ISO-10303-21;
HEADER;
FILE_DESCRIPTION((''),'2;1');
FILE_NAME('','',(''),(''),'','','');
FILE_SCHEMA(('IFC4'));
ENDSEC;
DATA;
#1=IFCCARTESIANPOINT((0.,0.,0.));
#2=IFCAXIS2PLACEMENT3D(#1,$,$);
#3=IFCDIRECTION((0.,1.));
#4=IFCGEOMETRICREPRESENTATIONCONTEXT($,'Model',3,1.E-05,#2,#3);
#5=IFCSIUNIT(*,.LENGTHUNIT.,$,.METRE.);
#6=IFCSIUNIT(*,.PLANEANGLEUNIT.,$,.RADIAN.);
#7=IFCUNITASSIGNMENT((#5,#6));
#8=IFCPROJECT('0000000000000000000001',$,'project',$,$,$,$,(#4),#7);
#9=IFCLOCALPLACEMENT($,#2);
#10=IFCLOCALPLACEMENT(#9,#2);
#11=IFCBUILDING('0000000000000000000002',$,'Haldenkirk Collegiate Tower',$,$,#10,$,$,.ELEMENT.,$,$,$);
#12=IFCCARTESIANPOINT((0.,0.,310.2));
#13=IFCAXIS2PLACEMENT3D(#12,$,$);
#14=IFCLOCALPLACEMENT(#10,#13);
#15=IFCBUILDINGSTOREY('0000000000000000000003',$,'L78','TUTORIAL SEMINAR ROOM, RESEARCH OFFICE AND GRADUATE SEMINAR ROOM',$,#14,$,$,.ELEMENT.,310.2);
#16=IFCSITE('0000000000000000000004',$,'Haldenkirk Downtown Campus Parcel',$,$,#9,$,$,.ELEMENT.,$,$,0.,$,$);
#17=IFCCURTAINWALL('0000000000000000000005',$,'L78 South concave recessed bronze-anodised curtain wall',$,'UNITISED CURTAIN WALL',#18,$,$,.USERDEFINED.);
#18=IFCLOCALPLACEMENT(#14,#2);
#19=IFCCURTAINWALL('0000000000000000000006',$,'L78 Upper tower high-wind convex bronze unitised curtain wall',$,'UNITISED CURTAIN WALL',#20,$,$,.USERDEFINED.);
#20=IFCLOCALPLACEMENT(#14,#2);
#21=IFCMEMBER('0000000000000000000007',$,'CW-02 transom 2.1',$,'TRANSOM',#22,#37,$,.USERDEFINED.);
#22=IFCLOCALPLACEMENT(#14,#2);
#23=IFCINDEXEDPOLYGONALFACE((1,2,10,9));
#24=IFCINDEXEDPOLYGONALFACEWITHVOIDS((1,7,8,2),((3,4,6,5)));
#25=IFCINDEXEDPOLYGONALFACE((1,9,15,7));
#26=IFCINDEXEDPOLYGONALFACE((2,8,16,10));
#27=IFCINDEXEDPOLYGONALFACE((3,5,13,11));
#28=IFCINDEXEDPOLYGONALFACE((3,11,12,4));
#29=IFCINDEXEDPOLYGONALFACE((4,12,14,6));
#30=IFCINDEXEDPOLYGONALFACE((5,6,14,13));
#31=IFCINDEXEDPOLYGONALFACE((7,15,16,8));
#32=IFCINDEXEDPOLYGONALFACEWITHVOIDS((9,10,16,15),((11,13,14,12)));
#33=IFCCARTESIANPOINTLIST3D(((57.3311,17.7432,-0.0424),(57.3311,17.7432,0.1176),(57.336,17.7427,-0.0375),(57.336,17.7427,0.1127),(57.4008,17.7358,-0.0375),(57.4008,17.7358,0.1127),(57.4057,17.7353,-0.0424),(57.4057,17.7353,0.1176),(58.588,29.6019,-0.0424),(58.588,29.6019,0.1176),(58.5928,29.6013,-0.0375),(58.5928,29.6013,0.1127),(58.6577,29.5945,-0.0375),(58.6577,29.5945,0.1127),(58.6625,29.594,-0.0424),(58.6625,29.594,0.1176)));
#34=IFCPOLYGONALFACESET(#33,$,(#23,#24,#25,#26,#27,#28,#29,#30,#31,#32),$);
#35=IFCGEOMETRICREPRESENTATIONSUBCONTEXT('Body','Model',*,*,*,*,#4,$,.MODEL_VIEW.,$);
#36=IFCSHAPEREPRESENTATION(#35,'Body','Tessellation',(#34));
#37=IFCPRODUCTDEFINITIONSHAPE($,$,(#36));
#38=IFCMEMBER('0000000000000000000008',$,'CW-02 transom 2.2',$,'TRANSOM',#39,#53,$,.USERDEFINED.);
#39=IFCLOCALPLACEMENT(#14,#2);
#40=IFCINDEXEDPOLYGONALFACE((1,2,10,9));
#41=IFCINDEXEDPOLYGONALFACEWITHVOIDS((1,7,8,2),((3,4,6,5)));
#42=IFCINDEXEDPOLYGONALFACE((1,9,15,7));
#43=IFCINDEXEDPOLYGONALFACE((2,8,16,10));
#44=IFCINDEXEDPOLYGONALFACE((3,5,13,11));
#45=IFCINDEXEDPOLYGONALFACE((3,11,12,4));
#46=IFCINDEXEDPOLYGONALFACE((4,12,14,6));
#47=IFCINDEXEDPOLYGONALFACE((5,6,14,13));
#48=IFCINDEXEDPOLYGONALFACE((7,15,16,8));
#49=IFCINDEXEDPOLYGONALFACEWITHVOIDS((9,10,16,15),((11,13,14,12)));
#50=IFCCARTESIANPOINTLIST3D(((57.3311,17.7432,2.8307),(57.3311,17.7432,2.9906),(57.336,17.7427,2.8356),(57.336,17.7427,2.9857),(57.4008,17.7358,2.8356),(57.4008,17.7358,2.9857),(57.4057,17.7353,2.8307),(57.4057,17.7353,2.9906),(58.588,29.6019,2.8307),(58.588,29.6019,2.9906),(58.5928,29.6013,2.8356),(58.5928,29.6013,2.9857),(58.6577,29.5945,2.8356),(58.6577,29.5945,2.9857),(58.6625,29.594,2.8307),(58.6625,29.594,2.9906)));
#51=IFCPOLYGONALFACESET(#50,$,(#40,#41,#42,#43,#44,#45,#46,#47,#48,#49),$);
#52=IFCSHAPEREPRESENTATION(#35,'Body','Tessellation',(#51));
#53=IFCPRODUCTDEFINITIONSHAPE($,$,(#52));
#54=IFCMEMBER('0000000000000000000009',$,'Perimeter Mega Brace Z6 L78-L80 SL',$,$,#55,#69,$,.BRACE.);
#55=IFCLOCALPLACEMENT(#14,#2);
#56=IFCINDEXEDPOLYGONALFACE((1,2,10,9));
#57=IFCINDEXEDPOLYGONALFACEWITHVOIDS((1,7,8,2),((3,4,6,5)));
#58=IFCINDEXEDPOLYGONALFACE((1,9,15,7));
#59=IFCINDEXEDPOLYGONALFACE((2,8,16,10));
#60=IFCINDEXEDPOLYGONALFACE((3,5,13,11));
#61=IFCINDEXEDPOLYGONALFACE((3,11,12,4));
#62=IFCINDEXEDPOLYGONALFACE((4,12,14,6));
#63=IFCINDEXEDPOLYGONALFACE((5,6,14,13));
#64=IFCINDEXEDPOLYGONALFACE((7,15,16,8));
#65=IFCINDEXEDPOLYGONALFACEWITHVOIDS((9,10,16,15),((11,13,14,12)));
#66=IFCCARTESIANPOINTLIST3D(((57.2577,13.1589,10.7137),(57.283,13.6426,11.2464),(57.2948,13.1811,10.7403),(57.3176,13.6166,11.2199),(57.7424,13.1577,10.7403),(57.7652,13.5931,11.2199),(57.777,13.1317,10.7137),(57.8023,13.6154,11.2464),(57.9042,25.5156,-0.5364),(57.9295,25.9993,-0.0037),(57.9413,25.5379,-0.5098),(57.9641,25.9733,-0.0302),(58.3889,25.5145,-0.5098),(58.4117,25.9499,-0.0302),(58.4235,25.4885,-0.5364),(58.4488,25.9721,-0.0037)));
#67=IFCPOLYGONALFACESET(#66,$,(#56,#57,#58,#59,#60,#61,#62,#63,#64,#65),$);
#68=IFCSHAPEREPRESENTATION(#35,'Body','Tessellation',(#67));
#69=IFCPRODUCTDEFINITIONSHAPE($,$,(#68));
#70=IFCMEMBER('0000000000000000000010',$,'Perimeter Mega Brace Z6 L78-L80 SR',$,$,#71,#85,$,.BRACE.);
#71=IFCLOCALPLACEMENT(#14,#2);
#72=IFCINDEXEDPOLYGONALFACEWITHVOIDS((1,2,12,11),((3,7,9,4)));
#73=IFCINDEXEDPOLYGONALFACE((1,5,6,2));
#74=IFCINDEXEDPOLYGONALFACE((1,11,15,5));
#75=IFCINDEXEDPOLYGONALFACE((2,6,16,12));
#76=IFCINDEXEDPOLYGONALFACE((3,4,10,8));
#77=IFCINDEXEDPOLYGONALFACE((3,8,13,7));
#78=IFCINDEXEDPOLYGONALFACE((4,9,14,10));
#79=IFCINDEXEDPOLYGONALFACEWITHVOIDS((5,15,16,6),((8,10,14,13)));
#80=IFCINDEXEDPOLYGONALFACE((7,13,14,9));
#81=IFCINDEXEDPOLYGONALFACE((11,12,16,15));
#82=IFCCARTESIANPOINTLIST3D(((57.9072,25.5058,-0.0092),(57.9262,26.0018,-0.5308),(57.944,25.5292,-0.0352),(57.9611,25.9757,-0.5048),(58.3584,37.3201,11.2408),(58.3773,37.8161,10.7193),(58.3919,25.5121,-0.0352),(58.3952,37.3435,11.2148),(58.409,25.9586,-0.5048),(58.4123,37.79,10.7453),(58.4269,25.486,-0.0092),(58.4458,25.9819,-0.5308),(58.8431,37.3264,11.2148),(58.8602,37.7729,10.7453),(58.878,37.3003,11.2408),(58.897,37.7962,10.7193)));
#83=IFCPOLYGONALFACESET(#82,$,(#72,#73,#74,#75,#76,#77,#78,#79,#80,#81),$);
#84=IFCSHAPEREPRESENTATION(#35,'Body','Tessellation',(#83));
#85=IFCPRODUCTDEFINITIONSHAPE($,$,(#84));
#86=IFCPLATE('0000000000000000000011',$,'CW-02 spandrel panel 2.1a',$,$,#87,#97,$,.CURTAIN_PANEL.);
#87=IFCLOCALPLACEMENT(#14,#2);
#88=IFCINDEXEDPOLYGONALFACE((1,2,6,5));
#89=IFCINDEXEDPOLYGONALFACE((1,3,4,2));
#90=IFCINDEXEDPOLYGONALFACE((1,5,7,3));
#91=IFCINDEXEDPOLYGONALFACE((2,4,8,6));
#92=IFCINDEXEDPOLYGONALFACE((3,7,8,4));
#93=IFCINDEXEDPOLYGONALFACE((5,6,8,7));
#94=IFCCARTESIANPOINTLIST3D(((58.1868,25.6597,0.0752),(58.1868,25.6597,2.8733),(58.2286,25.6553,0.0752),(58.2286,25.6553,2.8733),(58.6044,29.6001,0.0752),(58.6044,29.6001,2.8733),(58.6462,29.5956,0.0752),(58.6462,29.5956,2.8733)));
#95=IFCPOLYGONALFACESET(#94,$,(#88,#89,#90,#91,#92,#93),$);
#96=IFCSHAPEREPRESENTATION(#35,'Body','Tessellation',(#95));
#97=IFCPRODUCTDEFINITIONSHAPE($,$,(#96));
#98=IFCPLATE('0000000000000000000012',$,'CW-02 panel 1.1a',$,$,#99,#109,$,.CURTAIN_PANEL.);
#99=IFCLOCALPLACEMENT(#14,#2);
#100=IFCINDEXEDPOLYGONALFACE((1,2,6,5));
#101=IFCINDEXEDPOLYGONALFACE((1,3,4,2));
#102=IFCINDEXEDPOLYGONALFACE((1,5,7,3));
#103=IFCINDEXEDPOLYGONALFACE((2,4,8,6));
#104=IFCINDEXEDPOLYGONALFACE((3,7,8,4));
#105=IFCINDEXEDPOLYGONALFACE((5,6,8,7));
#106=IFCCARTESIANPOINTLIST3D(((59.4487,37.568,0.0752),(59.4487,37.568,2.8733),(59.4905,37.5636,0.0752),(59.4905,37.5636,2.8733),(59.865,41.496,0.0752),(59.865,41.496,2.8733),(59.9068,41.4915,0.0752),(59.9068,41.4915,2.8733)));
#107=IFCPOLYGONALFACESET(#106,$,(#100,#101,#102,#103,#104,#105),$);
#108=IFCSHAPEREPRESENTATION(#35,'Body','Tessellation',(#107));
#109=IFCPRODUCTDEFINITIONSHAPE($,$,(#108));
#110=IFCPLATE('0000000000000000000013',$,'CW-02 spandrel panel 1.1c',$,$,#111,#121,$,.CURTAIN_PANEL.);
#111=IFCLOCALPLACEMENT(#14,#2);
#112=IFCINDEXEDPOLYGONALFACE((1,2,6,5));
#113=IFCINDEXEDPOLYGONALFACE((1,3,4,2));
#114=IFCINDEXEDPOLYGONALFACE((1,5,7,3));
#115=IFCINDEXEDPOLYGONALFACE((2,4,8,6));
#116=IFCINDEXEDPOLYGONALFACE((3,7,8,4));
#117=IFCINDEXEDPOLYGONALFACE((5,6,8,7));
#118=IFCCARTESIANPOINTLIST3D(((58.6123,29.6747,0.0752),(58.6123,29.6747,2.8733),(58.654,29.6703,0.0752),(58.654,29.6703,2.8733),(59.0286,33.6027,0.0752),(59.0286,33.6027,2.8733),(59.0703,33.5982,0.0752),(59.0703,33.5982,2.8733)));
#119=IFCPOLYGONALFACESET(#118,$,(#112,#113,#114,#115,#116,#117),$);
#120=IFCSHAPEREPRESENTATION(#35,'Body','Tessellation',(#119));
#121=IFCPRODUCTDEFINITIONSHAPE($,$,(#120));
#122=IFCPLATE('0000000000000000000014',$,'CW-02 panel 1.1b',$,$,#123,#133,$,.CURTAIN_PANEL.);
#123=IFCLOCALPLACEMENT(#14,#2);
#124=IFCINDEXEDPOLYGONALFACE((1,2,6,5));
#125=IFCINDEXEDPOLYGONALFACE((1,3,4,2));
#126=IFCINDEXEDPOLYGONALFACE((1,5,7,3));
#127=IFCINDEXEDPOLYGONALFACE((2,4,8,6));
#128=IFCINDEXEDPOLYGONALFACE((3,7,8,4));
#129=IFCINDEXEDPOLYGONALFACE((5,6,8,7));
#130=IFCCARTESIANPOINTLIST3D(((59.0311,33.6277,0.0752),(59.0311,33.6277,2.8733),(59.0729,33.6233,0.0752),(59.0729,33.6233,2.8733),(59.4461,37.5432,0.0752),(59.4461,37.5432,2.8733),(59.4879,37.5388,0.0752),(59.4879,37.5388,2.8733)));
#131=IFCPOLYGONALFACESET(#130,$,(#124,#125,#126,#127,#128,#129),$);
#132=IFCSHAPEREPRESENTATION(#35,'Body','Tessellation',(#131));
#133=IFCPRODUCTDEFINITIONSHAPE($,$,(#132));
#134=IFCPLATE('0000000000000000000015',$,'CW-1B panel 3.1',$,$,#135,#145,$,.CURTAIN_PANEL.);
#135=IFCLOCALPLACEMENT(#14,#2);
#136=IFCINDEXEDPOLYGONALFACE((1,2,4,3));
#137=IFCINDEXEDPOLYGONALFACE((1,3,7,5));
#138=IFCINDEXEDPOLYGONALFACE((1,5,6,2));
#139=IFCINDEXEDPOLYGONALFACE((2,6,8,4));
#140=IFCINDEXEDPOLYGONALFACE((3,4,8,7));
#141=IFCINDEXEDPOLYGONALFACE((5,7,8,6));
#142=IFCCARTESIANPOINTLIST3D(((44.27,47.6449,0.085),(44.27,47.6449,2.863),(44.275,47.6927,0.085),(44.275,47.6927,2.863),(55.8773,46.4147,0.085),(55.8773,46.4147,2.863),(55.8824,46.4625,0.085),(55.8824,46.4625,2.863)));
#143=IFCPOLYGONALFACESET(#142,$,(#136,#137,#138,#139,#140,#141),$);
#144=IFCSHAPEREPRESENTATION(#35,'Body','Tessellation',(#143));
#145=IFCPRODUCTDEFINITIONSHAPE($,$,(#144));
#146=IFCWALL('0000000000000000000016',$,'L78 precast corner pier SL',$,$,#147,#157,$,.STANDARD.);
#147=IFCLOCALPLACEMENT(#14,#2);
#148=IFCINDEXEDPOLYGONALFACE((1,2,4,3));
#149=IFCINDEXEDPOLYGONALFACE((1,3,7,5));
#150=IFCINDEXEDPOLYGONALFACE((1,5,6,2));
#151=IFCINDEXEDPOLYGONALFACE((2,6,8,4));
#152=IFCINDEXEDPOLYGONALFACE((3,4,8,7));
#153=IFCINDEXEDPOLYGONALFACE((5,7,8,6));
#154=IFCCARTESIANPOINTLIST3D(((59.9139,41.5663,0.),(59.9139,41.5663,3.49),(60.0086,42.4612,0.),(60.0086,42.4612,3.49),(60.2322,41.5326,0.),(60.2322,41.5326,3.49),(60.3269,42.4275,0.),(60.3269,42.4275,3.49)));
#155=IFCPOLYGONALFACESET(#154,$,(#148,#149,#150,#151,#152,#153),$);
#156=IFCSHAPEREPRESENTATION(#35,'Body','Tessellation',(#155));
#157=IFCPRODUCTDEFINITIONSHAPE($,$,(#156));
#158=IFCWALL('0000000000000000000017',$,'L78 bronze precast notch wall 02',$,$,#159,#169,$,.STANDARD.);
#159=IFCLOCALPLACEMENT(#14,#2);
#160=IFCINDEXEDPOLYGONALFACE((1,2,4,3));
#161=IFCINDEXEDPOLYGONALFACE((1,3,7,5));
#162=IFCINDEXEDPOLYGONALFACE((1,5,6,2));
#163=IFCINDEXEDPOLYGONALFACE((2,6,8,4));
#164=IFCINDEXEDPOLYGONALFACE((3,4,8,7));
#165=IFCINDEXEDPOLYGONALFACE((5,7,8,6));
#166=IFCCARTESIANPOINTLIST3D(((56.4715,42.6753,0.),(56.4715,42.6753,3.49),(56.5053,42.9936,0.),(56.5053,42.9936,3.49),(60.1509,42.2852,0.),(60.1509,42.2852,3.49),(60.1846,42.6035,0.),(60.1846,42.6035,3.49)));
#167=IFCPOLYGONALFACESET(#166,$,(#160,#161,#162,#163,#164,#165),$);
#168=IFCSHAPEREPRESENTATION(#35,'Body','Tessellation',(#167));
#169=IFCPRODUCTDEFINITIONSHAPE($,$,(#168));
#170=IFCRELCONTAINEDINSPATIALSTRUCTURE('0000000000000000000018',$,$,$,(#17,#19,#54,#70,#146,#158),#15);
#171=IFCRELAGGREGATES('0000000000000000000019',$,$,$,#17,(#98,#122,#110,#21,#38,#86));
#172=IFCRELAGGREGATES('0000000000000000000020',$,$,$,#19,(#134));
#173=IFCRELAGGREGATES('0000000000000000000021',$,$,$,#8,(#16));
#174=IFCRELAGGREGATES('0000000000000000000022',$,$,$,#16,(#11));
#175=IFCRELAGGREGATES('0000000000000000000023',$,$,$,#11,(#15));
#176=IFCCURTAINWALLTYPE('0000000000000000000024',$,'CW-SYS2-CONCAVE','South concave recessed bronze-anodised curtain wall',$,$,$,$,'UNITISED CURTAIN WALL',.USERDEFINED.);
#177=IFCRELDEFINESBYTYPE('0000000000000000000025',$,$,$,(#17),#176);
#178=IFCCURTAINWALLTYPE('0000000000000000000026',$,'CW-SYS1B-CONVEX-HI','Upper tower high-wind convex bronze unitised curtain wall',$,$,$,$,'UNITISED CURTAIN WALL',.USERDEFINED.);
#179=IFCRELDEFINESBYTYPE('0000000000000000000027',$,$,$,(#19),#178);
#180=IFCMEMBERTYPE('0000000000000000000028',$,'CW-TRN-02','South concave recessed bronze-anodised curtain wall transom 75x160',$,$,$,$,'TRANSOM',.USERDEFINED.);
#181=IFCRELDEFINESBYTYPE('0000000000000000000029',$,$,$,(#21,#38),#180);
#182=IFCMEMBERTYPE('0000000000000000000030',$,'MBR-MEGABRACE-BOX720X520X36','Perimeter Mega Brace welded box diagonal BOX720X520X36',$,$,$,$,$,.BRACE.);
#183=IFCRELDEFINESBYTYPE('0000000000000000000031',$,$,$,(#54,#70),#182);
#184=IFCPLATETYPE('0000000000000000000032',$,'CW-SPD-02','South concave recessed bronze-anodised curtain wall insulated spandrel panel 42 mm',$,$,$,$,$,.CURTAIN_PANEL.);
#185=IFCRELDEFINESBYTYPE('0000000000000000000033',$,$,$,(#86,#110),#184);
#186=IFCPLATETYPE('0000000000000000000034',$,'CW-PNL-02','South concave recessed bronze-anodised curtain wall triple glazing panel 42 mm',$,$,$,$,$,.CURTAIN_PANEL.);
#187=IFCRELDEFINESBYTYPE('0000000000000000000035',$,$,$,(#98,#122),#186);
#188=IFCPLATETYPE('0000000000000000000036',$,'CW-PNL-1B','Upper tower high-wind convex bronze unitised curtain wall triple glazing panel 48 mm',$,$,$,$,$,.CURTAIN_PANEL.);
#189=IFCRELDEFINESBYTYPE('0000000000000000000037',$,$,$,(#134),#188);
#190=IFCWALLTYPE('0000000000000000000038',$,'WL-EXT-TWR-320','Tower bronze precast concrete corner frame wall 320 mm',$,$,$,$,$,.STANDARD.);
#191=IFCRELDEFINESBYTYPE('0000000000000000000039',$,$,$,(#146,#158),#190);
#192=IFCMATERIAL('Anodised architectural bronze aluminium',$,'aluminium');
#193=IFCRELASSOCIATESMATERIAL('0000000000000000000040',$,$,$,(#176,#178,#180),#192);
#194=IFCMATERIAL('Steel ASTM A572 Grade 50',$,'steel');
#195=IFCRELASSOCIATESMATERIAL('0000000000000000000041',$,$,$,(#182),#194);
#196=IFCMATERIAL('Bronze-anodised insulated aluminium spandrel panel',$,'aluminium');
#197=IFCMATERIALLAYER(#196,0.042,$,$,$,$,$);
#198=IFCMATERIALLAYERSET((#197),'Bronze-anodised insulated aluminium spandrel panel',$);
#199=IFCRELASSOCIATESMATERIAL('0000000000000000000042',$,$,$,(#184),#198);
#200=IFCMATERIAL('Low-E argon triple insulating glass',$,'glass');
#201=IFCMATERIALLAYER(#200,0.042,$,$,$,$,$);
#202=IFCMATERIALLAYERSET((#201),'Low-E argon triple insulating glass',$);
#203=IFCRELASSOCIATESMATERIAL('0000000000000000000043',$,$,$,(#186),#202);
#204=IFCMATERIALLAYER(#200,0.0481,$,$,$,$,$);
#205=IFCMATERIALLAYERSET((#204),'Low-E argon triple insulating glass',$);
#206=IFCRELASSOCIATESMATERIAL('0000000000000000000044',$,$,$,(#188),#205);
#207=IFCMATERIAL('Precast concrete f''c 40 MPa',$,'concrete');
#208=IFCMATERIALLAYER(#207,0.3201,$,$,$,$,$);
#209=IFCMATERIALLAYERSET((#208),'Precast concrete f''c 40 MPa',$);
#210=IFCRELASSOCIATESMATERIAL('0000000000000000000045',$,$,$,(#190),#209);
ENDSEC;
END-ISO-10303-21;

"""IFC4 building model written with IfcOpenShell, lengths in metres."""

from ifc_helpers import new_model, si_unit, direction, frame, frame_2d, origin, origin_2d, place, context, subcontext, project, spatial, rectangle, hollow_rectangle, extrude, source, transform, mapped, material, layer, layer_set, material_profile, profile_set, type_object, element, aggregate, save


model = new_model("IFC4")

# Units and contexts
model_context = context("Model", 3, precision=1e-05, world=origin(), true_north=direction((0.0, 1.0)))
body_context = subcontext(model_context, "Body", "Model", "MODEL_VIEW")
ifc_project = project(units=[si_unit("LENGTHUNIT", "METRE"), si_unit("PLANEANGLEUNIT", "RADIAN")], contexts=[model_context])

# Site, building, storey
site_placement = place(None, origin())
site = spatial("IfcSite", under=ifc_project, at=site_placement, Name="Haldenkirk Downtown Campus Parcel", CompositionType="ELEMENT", RefElevation=0.0)
building_placement = place(site_placement, origin())
building = spatial("IfcBuilding", under=site, at=building_placement, Name="Haldenkirk Collegiate Tower", CompositionType="ELEMENT")
storey_placement = place(building_placement, frame((0.0, 0.0, 310.2)))
storey = spatial("IfcBuildingStorey", under=building, at=storey_placement, Name="L78", Description="TUTORIAL SEMINAR ROOM, RESEARCH OFFICE AND GRADUATE SEMINAR ROOM", CompositionType="ELEMENT", Elevation=310.2)

# Shared definitions
ifc_material_1 = material(Name="Steel ASTM A572 Grade 50", Category="steel")

# Curtain wall
ifc_material_2 = material(Name="Anodised architectural bronze aluminium", Category="aluminium")
curtain_wall_type_1 = type_object("IfcCurtainWallType", Name="CW-SYS2-CONCAVE", Description="South concave recessed bronze-anodised curtain wall", ElementType="UNITISED CURTAIN WALL", PredefinedType="USERDEFINED", material=ifc_material_2)
curtain_wall_1_placement = place(storey_placement, origin())
curtain_wall_1 = element("IfcCurtainWall", 1, at=curtain_wall_1_placement, inside=storey, type_object=curtain_wall_type_1, Name="L78 South concave recessed bronze-anodised curtain wall", ObjectType="UNITISED CURTAIN WALL", PredefinedType="USERDEFINED")

# Curtain wall
curtain_wall_type_2 = type_object("IfcCurtainWallType", Name="CW-SYS1B-CONVEX-HI", Description="Upper tower high-wind convex bronze unitised curtain wall", ElementType="UNITISED CURTAIN WALL", PredefinedType="USERDEFINED", material=ifc_material_2)
curtain_wall_2_placement = place(storey_placement, origin())
curtain_wall_2 = element("IfcCurtainWall", 2, at=curtain_wall_2_placement, inside=storey, type_object=curtain_wall_type_2, Name="L78 Upper tower high-wind convex bronze unitised curtain wall", ObjectType="UNITISED CURTAIN WALL", PredefinedType="USERDEFINED")

# Members
ifc_material_profile_1 = material_profile(ifc_material_2, hollow_rectangle(XDim=0.075, YDim=0.1599, WallThickness=0.0049, at=origin_2d()), Name="CW-TRN-02")
ifc_profile_set_1 = profile_set([ifc_material_profile_1], Name="Anodised architectural bronze aluminium")
member_type_1 = type_object("IfcMemberType", Name="CW-TRN-02", Description="South concave recessed bronze-anodised curtain wall transom 75x160", ElementType="TRANSOM", PredefinedType="USERDEFINED", material=ifc_profile_set_1)
member_1_placement = place(storey_placement, frame((58.6252, 29.5979, 0.0376), z_axis=(-0.105395, -0.99443, 0.0), x_axis=(0.99443, -0.105395, 0.0)))
member_1 = element("IfcMember", 3, at=member_1_placement, type_object=member_type_1, Name="CW-02 transom 2.1", ObjectType="TRANSOM", PredefinedType="USERDEFINED", context=body_context, shape_type="SweptSolid", body=[
    extrude(hollow_rectangle(XDim=0.075, YDim=0.1599, WallThickness=0.0049, at=origin_2d()), origin(), (0.0, 0.0, 1.0), 11.925),
])
member_2_placement = place(storey_placement, frame((58.6252, 29.5979, 2.9106), z_axis=(-0.105395, -0.99443, 0.0), x_axis=(0.99443, -0.105395, 0.0)))
member_2 = element("IfcMember", 4, at=member_2_placement, type_object=member_type_1, Name="CW-02 transom 2.2", ObjectType="TRANSOM", PredefinedType="USERDEFINED", context=body_context, shape_type="SweptSolid", body=[
    extrude(hollow_rectangle(XDim=0.075, YDim=0.1599, WallThickness=0.0049, at=origin_2d()), origin(), (0.0, 0.0, 1.0), 11.925),
])

# Members
ifc_material_profile_2 = material_profile(ifc_material_1, hollow_rectangle(XDim=0.52, YDim=0.72, WallThickness=0.0359, at=origin_2d()), Name="BOX720X520X36")
ifc_profile_set_2 = profile_set([ifc_material_profile_2], Name="Steel ASTM A572 Grade 50")
member_type_2 = type_object("IfcMemberType", Name="MBR-MEGABRACE-BOX720X520X36", Description="Perimeter Mega Brace welded box diagonal BOX720X520X36", PredefinedType="BRACE", material=ifc_profile_set_2)
member_3_placement = place(storey_placement, frame((58.1765, 25.7439, -0.27), z_axis=(-0.038658, -0.738891, 0.672715), x_axis=(0.998634, -0.052247, 0.0)))
element("IfcMember", 5, at=member_3_placement, inside=storey, type_object=member_type_2, Name="Perimeter Mega Brace Z6 L78-L80 SL", PredefinedType="BRACE", context=body_context, shape_type="SweptSolid", body=[
    extrude(hollow_rectangle(XDim=0.52, YDim=0.72, WallThickness=0.0359, at=origin_2d()), origin(), (0.0, 0.0, 1.0), 16.7234),
])
member_4_placement = place(storey_placement, frame((58.1765, 25.7439, -0.27), z_axis=(0.027645, 0.723911, 0.689339), x_axis=(-0.999272, 0.038161, 0.0)))
element("IfcMember", 6, at=member_4_placement, inside=storey, type_object=member_type_2, Name="Perimeter Mega Brace Z6 L78-L80 SR", PredefinedType="BRACE", context=body_context, shape_type="SweptSolid", body=[
    extrude(hollow_rectangle(XDim=0.52, YDim=0.72, WallThickness=0.0359, at=origin_2d()), origin(), (0.0, 0.0, 1.0), 16.3201),
])

# Plates
ifc_material_3 = material(Name="Bronze-anodised insulated aluminium spandrel panel", Category="aluminium")
ifc_layer_1 = layer(ifc_material_3, 0.042)
ifc_layer_set_1 = layer_set([ifc_layer_1], Name="Bronze-anodised insulated aluminium spandrel panel")
plate_type_1 = type_object("IfcPlateType", Name="CW-SPD-02", Description="South concave recessed bronze-anodised curtain wall insulated spandrel panel 42 mm", PredefinedType="CURTAIN_PANEL", material=ifc_layer_set_1)
shared_shape_1 = source(origin(), body_context, "Body", "SweptSolid", [
    extrude(rectangle(XDim=3.9624, YDim=0.042, at=origin_2d()), origin(), (0.0, 0.0, 1.0), 2.7981),
])
plate_1_placement = place(storey_placement, frame((58.4165, 27.6277, 0.0752), z_axis=(0.0, 0.0, 1.0), x_axis=(-0.105394, -0.99443, 0.0)))
plate_1 = element("IfcPlate", 7, at=plate_1_placement, type_object=plate_type_1, Name="CW-02 spandrel panel 2.1a", PredefinedType="CURTAIN_PANEL", context=body_context, shape_type="MappedRepresentation", body=[
    mapped(shared_shape_1, transform((0.0, 0.0, 0.0), x_axis=(1.0, 0.0, 0.0), y_axis=(0.0, 1.0, 0.0), z_axis=(0.0, 0.0, 1.0), scale=1.0)),
])
ifc_material_4 = material(Name="Low-E argon triple insulating glass", Category="glass")
ifc_layer_2 = layer(ifc_material_4, 0.042)
ifc_layer_set_2 = layer_set([ifc_layer_2], Name="Low-E argon triple insulating glass")
plate_type_2 = type_object("IfcPlateType", Name="CW-PNL-02", Description="South concave recessed bronze-anodised curtain wall triple glazing panel 42 mm", PredefinedType="CURTAIN_PANEL", material=ifc_layer_set_2)
shared_shape_2 = source(origin(), body_context, "Body", "SweptSolid", [
    extrude(rectangle(XDim=3.95, YDim=0.042, at=origin_2d()), origin(), (0.0, 0.0, 1.0), 2.7981),
])
plate_2_placement = place(storey_placement, frame((59.6777, 39.5298, 0.0752), z_axis=(0.0, 0.0, 1.0), x_axis=(-0.105394, -0.99443, 0.0)))
plate_2 = element("IfcPlate", 8, at=plate_2_placement, type_object=plate_type_2, Name="CW-02 panel 1.1a", PredefinedType="CURTAIN_PANEL", context=body_context, shape_type="MappedRepresentation", body=[
    mapped(shared_shape_2, transform((0.0, 0.0, 0.0), x_axis=(1.0, 0.0, 0.0), y_axis=(0.0, 1.0, 0.0), z_axis=(0.0, 0.0, 1.0), scale=1.0)),
])
plate_3_placement = place(storey_placement, frame((58.8413, 31.6365, 0.0752), z_axis=(0.0, 0.0, 1.0), x_axis=(-0.105394, -0.99443, 0.0)))
plate_3 = element("IfcPlate", 9, at=plate_3_placement, type_object=plate_type_1, Name="CW-02 spandrel panel 1.1c", PredefinedType="CURTAIN_PANEL", context=body_context, shape_type="MappedRepresentation", body=[
    mapped(shared_shape_2, transform((0.0, 0.0, 0.0), x_axis=(1.0, 0.0, 0.0), y_axis=(0.0, 1.0, 0.0), z_axis=(0.0, 0.0, 1.0), scale=1.0)),
])
shared_shape_3 = source(origin(), body_context, "Body", "SweptSolid", [
    extrude(rectangle(XDim=3.9375, YDim=0.042, at=origin_2d()), origin(), (0.0, 0.0, 1.0), 2.7981),
])
plate_4_placement = place(storey_placement, frame((59.2595, 35.5833, 0.0752), z_axis=(0.0, 0.0, 1.0), x_axis=(-0.105394, -0.99443, 0.0)))
plate_4 = element("IfcPlate", 10, at=plate_4_placement, type_object=plate_type_2, Name="CW-02 panel 1.1b", PredefinedType="CURTAIN_PANEL", context=body_context, shape_type="MappedRepresentation", body=[
    mapped(shared_shape_3, transform((0.0, 0.0, 0.0), x_axis=(1.0, 0.0, 0.0), y_axis=(0.0, 1.0, 0.0), z_axis=(0.0, 0.0, 1.0), scale=1.0)),
])
aggregate(curtain_wall_1, [plate_2, plate_4, plate_3, member_1, member_2, plate_1])
ifc_layer_3 = layer(ifc_material_4, 0.0481)
ifc_layer_set_3 = layer_set([ifc_layer_3], Name="Low-E argon triple insulating glass")
plate_type_3 = type_object("IfcPlateType", Name="CW-PNL-1B", Description="Upper tower high-wind convex bronze unitised curtain wall triple glazing panel 48 mm", PredefinedType="CURTAIN_PANEL", material=ifc_layer_set_3)
shared_shape_4 = source(origin(), body_context, "Body", "SweptSolid", [
    extrude(rectangle(XDim=11.6724, YDim=0.0481, at=origin_2d()), origin(), (0.0, 0.0, 1.0), 2.7781),
])
plate_5_placement = place(storey_placement, frame((50.0762, 47.0537, 0.085), z_axis=(0.0, 0.0, 1.0), x_axis=(0.994431, -0.105393, 0.0)))
plate_5 = element("IfcPlate", 11, at=plate_5_placement, type_object=plate_type_3, Name="CW-1B panel 3.1", PredefinedType="CURTAIN_PANEL", context=body_context, shape_type="MappedRepresentation", body=[
    mapped(shared_shape_4, transform((0.0, 0.0, 0.0), x_axis=(1.0, 0.0, 0.0), y_axis=(0.0, 1.0, 0.0), z_axis=(0.0, 0.0, 1.0), scale=1.0)),
])
aggregate(curtain_wall_2, [plate_5])

# Walls
ifc_material_5 = material(Name="Precast concrete f'c 40 MPa", Category="concrete")
ifc_layer_4 = layer(ifc_material_5, 0.3201)
ifc_layer_set_4 = layer_set([ifc_layer_4], Name="Precast concrete f'c 40 MPa")
wall_type_1 = type_object("IfcWallType", Name="WL-EXT-TWR-320", Description="Tower bronze precast concrete corner frame wall 320 mm", PredefinedType="STANDARD", material=ifc_layer_set_4)
wall_1_placement = place(storey_placement, frame((60.1677, 42.4443, 0.0), z_axis=(0.0, 0.0, 1.0), x_axis=(-0.10525, -0.994446, 0.0)))
element("IfcWall", 12, at=wall_1_placement, inside=storey, type_object=wall_type_1, Name="L78 precast corner pier SL", PredefinedType="STANDARD", context=body_context, shape_type="SweptSolid", body=[
    extrude(rectangle(XDim=0.8999, YDim=0.3201, at=frame_2d((0.45, 0.0))), origin(), (0.0, 0.0, 1.0), 3.49),
])
wall_2_placement = place(storey_placement, frame((56.4883, 42.8345, 0.0), z_axis=(0.0, 0.0, 1.0), x_axis=(0.994426, -0.10544, 0.0)))
element("IfcWall", 13, at=wall_2_placement, inside=storey, type_object=wall_type_1, Name="L78 bronze precast notch wall 02", PredefinedType="STANDARD", context=body_context, shape_type="SweptSolid", body=[
    extrude(rectangle(XDim=3.7, YDim=0.3201, at=frame_2d((1.8501, 0.0))), origin(), (0.0, 0.0, 1.0), 3.49),
])

save(model, "model.ifc")
